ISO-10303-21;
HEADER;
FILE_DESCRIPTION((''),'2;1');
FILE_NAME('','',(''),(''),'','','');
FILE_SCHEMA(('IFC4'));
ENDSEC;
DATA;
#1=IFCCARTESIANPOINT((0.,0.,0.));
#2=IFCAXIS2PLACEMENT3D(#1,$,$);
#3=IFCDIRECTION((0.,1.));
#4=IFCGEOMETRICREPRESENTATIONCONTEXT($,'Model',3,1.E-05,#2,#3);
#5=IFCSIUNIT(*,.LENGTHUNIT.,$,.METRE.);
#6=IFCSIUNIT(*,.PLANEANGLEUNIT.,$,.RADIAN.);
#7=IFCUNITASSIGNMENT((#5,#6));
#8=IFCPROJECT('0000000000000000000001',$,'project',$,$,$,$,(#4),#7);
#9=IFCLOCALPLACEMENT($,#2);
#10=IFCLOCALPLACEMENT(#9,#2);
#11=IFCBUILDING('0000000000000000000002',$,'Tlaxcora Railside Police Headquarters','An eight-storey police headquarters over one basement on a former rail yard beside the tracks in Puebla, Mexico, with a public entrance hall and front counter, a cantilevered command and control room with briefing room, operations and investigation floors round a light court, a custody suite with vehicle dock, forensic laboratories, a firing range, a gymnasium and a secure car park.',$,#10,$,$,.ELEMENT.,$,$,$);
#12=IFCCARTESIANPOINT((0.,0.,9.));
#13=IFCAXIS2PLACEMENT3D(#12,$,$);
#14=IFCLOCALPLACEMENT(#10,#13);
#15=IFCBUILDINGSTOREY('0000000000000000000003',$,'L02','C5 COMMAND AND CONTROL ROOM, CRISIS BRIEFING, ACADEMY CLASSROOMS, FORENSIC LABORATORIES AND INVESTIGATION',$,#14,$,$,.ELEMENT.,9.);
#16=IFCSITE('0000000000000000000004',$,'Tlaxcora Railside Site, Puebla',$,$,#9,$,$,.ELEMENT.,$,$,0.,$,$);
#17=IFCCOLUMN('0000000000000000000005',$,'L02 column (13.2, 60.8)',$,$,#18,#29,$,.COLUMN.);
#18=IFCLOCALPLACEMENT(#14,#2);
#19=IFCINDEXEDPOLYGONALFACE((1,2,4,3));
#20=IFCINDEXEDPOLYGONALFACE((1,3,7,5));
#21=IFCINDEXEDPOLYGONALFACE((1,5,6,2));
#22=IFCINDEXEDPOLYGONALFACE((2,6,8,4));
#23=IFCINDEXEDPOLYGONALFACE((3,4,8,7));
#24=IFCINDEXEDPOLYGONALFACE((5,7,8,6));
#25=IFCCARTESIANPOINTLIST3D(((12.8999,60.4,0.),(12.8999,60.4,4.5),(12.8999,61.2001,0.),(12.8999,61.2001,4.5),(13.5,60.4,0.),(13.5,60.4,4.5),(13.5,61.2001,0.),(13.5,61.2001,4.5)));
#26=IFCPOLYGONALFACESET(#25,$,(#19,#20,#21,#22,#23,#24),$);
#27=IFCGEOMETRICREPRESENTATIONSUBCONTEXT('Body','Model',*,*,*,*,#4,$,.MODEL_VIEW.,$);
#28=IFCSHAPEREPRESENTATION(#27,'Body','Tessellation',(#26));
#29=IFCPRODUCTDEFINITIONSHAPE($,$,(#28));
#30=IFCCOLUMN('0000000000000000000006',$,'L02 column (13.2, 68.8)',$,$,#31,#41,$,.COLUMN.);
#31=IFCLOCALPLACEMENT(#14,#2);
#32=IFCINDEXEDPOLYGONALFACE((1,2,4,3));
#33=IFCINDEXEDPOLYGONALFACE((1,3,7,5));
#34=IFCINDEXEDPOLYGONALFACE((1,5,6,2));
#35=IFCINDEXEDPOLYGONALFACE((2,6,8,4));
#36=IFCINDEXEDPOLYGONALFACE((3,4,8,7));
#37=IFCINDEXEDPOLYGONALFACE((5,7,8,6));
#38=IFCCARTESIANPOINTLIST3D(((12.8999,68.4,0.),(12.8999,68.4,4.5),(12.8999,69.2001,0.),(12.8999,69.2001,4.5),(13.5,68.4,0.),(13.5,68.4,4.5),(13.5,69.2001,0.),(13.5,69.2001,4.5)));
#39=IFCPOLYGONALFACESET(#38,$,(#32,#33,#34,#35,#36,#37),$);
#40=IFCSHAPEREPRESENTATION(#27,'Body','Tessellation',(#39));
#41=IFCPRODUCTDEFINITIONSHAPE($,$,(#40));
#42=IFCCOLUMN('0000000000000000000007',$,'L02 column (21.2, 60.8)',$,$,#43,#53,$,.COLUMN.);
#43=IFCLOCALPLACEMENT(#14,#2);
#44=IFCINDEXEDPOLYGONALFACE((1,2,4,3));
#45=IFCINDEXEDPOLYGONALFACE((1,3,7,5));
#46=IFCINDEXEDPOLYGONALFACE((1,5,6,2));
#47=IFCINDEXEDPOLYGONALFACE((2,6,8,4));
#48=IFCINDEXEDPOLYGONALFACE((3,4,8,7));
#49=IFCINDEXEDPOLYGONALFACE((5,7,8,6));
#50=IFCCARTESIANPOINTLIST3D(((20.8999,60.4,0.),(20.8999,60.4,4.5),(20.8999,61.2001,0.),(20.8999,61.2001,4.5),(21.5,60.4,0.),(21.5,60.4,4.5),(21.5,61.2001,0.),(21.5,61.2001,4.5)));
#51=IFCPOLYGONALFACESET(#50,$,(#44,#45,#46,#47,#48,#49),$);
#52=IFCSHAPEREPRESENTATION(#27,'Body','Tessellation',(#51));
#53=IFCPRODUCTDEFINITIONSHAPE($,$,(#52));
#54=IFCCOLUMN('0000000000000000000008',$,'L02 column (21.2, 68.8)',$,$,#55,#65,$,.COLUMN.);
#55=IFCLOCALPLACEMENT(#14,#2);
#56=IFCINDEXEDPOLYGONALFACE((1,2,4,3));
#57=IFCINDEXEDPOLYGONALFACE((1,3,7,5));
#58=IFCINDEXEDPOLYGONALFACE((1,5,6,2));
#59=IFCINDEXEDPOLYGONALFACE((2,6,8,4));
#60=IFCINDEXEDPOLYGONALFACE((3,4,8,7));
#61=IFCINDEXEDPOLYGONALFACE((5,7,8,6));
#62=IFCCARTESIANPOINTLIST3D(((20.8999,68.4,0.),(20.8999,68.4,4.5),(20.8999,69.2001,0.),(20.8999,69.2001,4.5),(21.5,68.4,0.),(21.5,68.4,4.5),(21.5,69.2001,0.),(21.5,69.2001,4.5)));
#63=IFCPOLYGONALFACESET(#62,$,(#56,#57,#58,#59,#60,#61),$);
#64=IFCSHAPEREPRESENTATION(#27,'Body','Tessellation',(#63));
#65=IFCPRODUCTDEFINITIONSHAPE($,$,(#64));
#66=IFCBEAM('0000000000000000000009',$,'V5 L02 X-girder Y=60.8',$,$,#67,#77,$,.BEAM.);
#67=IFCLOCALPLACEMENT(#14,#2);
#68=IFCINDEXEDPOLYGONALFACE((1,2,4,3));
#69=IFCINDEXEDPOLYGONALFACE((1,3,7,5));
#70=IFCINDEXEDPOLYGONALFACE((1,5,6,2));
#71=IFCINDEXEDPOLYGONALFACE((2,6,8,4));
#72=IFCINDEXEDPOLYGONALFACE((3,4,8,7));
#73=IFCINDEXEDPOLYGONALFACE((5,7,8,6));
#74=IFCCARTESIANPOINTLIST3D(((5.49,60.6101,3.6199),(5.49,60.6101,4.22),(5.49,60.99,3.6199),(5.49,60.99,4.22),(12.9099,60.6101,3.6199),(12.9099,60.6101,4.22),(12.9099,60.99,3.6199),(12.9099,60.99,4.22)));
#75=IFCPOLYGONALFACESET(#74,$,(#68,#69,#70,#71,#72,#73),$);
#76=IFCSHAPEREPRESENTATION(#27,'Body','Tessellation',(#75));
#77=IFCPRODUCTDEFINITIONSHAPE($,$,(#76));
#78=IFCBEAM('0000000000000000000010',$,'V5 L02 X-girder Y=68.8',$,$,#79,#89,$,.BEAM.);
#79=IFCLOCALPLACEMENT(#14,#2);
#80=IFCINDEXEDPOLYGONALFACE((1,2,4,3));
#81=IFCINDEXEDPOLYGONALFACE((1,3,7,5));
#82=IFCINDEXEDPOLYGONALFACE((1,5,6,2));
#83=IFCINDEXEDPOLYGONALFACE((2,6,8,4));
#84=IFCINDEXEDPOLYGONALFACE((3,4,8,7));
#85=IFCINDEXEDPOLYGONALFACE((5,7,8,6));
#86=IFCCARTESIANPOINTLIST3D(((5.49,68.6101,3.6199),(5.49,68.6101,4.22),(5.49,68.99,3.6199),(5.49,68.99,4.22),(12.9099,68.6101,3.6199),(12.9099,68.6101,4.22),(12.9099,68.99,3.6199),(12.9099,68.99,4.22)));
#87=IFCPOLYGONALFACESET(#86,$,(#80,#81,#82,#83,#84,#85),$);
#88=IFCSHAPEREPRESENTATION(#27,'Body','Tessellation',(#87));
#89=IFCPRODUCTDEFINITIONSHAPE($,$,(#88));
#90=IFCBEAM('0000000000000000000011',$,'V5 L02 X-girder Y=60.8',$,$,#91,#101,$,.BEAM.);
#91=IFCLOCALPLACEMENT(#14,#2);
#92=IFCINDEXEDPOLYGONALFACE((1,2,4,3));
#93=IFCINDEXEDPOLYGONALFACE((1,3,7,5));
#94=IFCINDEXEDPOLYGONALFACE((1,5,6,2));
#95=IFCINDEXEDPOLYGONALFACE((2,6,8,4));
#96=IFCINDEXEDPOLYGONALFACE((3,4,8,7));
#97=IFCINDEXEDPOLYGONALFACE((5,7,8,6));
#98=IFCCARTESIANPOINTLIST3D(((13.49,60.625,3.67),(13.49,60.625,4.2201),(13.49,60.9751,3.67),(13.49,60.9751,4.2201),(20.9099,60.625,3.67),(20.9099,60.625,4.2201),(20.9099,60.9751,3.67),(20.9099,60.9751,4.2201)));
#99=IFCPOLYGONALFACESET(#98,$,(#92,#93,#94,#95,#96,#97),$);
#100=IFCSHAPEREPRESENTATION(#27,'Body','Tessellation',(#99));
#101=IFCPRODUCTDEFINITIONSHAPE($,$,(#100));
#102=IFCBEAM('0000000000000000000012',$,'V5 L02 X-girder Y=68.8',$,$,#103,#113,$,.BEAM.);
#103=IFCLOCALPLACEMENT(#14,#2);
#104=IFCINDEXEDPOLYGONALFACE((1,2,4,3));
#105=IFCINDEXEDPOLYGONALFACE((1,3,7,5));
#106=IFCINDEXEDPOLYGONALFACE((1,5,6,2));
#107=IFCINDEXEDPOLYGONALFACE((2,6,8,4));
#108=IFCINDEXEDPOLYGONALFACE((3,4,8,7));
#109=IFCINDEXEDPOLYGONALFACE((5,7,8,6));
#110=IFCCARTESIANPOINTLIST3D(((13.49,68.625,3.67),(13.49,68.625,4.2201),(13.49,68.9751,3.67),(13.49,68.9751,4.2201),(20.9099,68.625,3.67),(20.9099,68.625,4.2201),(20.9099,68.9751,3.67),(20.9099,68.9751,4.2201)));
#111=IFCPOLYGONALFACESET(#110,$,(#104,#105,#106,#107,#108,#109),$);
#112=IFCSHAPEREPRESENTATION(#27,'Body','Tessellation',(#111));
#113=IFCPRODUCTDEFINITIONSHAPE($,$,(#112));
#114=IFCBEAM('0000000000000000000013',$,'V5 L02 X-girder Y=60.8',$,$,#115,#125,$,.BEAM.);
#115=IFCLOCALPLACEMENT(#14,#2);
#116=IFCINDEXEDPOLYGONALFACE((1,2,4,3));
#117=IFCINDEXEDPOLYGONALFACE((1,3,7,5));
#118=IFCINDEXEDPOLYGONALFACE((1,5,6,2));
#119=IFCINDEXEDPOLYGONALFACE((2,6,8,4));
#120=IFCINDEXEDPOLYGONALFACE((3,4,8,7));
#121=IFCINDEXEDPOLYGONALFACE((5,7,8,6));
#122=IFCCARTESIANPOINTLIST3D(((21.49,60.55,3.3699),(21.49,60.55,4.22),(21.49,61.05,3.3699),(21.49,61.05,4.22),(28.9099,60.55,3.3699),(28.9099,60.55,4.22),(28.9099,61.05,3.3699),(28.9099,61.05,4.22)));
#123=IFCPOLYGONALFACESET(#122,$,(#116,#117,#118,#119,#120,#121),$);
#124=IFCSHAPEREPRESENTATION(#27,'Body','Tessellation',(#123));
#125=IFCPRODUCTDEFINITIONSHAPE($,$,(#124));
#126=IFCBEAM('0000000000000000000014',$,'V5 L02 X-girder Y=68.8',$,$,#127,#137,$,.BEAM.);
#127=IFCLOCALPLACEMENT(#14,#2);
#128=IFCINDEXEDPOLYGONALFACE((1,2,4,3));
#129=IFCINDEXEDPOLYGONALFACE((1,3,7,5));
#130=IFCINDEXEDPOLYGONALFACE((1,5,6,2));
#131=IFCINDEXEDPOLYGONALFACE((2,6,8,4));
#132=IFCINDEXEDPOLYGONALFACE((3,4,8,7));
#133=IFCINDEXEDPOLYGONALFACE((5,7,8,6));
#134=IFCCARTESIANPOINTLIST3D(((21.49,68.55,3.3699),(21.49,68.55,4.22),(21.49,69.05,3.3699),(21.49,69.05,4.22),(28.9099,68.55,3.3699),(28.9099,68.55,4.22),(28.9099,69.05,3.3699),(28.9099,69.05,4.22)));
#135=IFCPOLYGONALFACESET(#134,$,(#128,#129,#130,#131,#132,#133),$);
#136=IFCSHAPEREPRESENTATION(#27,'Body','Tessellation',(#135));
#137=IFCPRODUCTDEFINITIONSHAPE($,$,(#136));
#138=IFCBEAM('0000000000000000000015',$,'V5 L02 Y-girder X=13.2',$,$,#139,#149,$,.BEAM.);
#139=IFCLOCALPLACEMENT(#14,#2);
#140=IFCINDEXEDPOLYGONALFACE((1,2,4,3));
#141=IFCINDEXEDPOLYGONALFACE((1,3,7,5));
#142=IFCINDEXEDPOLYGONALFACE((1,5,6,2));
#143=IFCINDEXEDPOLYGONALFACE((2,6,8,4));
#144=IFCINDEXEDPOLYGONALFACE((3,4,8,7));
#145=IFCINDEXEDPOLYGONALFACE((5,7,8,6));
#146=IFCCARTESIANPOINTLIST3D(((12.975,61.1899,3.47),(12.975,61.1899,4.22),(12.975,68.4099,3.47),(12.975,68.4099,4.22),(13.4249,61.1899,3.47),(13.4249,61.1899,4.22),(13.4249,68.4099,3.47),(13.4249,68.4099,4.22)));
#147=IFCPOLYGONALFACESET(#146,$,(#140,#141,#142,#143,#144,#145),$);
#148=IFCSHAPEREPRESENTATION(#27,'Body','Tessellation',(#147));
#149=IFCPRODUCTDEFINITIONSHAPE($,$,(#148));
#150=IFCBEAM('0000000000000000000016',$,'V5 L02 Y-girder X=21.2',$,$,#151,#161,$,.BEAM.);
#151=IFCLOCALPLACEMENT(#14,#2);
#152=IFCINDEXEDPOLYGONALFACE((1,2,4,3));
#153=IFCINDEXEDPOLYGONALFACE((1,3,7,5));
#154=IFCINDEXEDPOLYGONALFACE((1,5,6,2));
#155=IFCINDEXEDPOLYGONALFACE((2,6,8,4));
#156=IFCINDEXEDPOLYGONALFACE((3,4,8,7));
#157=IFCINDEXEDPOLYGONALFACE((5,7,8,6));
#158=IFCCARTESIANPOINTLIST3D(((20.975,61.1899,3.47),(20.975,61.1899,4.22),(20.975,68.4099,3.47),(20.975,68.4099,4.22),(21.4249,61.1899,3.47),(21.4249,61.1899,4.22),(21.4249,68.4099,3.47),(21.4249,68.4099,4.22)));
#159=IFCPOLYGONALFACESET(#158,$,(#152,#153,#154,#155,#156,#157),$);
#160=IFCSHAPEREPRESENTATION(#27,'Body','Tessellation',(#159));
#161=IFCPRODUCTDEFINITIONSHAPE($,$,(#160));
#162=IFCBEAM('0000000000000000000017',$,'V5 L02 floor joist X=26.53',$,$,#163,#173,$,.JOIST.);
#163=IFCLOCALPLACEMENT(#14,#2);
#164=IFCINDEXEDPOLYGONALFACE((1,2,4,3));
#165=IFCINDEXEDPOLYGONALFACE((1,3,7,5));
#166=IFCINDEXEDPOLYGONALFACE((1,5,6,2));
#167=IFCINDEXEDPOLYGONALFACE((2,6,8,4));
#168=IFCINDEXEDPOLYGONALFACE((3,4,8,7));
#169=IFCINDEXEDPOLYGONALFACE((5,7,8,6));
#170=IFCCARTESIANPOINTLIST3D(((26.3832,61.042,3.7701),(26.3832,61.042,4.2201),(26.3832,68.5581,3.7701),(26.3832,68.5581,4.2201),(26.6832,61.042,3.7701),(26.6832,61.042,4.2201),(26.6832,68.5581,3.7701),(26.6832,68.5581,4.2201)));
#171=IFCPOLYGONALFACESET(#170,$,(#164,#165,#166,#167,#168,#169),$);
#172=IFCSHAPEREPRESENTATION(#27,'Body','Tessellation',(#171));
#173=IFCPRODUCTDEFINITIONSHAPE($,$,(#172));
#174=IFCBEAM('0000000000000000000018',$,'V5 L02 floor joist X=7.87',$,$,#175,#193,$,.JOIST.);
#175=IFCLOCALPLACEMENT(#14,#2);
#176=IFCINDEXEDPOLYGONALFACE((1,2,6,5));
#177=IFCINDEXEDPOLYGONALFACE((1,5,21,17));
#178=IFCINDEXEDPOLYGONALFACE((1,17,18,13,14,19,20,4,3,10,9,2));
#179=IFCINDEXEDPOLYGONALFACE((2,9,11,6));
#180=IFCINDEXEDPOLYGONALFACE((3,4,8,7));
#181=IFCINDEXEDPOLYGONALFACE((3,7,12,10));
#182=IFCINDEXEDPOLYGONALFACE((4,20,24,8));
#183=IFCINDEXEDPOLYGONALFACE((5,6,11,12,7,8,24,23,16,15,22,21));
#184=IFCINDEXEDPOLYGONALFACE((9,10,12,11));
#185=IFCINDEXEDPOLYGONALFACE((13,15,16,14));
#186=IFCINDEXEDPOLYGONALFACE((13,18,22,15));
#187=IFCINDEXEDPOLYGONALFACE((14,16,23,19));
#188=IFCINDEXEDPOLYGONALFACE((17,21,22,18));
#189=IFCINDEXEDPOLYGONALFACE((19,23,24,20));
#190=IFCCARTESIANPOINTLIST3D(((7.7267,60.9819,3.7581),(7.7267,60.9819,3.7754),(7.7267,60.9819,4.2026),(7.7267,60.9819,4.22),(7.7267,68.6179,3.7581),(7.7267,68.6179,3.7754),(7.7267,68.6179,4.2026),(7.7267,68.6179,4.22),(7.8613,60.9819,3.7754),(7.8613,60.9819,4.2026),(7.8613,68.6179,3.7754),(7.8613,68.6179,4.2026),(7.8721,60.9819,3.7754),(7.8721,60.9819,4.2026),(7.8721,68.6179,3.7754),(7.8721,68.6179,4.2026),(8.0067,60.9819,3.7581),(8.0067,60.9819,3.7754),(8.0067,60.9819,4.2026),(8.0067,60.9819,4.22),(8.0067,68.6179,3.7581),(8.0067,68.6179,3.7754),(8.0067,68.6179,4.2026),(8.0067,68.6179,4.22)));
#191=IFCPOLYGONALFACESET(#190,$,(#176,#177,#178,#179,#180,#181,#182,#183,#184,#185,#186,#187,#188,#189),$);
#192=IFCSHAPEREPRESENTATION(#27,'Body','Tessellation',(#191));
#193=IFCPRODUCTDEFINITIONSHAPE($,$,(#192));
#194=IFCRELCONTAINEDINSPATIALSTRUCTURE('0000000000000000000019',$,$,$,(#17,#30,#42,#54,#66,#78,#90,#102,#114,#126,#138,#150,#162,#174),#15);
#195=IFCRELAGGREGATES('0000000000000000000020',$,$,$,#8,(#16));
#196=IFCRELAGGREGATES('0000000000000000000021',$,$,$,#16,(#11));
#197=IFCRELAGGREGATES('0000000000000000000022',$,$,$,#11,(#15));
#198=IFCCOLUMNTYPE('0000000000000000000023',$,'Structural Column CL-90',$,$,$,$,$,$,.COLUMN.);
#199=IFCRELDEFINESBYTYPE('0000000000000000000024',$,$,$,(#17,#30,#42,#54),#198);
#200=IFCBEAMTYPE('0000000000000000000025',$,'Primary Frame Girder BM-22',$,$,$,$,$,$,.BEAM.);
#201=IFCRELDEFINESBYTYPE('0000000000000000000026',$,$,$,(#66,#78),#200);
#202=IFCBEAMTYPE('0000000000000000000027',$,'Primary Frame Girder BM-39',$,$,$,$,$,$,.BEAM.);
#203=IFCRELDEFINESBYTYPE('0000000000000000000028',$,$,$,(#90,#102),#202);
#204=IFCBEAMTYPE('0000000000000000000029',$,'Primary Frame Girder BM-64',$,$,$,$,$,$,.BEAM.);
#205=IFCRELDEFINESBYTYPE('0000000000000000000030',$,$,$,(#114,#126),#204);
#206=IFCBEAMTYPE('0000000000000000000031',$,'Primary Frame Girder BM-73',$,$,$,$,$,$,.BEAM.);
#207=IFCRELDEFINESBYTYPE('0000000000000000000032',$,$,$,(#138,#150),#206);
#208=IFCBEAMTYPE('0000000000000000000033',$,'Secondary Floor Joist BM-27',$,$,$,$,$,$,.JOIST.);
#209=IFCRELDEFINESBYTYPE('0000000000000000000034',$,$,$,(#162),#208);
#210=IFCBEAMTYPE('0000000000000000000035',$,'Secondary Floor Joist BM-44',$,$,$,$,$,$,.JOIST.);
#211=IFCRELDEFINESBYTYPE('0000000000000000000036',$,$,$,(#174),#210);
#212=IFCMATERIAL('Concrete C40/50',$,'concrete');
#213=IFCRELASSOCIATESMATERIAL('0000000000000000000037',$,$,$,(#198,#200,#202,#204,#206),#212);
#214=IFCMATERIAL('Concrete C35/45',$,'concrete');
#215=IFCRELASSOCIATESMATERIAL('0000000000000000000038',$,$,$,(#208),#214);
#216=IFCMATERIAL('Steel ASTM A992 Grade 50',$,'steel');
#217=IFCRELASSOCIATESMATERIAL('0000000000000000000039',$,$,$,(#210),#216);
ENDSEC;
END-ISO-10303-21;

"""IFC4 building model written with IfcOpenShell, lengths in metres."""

from ifc_helpers import new_model, si_unit, direction, frame, origin, origin_2d, place, context, subcontext, project, spatial, rectangle, i_section, extrude, material, material_profile, profile_set, type_object, element, save


model = new_model("IFC4")

# Units and contexts
model_context = context("Model", 3, precision=1e-05, world=origin(), true_north=direction((0.0, 1.0)))
body_context = subcontext(model_context, "Body", "Model", "MODEL_VIEW")
ifc_project = project(units=[si_unit("LENGTHUNIT", "METRE"), si_unit("PLANEANGLEUNIT", "RADIAN")], contexts=[model_context])

# Site, building, storey
site_placement = place(None, origin())
site = spatial("IfcSite", under=ifc_project, at=site_placement, Name="Tlaxcora Railside Site, Puebla", CompositionType="ELEMENT", RefElevation=0.0)
building_placement = place(site_placement, origin())
building = spatial("IfcBuilding", under=site, at=building_placement, Name="Tlaxcora Railside Police Headquarters", Description="An eight-storey police headquarters over one basement on a former rail yard beside the tracks in Puebla, Mexico, with a public entrance hall and front counter, a cantilevered command and control room with briefing room, operations and investigation floors round a light court, a custody suite with vehicle dock, forensic laboratories, a firing range, a gymnasium and a secure car park.", CompositionType="ELEMENT")
storey_placement = place(building_placement, frame((0.0, 0.0, 9.0)))
storey = spatial("IfcBuildingStorey", under=building, at=storey_placement, Name="L02", Description="C5 COMMAND AND CONTROL ROOM, CRISIS BRIEFING, ACADEMY CLASSROOMS, FORENSIC LABORATORIES AND INVESTIGATION", CompositionType="ELEMENT", Elevation=9.0)

# Columns
ifc_material_1 = material(Name="Concrete C40/50", Category="concrete")
ifc_material_profile_1 = material_profile(ifc_material_1, rectangle(XDim=0.6001, YDim=0.8, at=origin_2d()), Name="RC600X800")
ifc_profile_set_1 = profile_set([ifc_material_profile_1], Name="Concrete C40/50")
column_type = type_object("IfcColumnType", Name="Structural Column CL-90", PredefinedType="COLUMN", material=ifc_profile_set_1)
for number, where, z_axis, x_axis, name in (
    (1, (13.2, 60.8, 0.0), (0.0, 0.0, 1.0), (1.0, 0.0, 0.0), "L02 column (13.2, 60.8)"),
    (2, (13.2, 68.8, 0.0), (0.0, 0.0, 1.0), (1.0, 0.0, 0.0), "L02 column (13.2, 68.8)"),
    (3, (21.2, 60.8, 0.0), (0.0, 0.0, 1.0), (1.0, 0.0, 0.0), "L02 column (21.2, 60.8)"),
    (4, (21.2, 68.8, 0.0), (0.0, 0.0, 1.0), (1.0, 0.0, 0.0), "L02 column (21.2, 68.8)"),
):
    element("IfcColumn", number, at=place(storey_placement, frame(where, z_axis=z_axis, x_axis=x_axis)), inside=storey, type_object=column_type, Name=name, PredefinedType="COLUMN", context=body_context, shape_type="SweptSolid", body=[
        extrude(rectangle(XDim=0.6001, YDim=0.8, at=origin_2d()), origin(), (0.0, 0.0, 1.0), 4.5),
    ])

# Beams
ifc_material_profile_2 = material_profile(ifc_material_1, rectangle(XDim=0.3799, YDim=0.6001, at=origin_2d()), Name="RC380X600")
ifc_profile_set_2 = profile_set([ifc_material_profile_2], Name="Concrete C40/50")
beam_type_1 = type_object("IfcBeamType", Name="Primary Frame Girder BM-22", PredefinedType="BEAM", material=ifc_profile_set_2)
for number, where, z_axis, x_axis, name in (
    (5, (5.49, 60.8, 3.9199), (1.0, 0.0, 0.0), (0.0, 1.0, 0.0), "V5 L02 X-girder Y=60.8"),
    (6, (5.49, 68.8, 3.9199), (1.0, 0.0, 0.0), (0.0, 1.0, 0.0), "V5 L02 X-girder Y=68.8"),
):
    element("IfcBeam", number, at=place(storey_placement, frame(where, z_axis=z_axis, x_axis=x_axis)), inside=storey, type_object=beam_type_1, Name=name, PredefinedType="BEAM", context=body_context, shape_type="SweptSolid", body=[
        extrude(rectangle(XDim=0.3799, YDim=0.6001, at=origin_2d()), origin(), (0.0, 0.0, 1.0), 7.4199),
    ])
ifc_material_profile_3 = material_profile(ifc_material_1, rectangle(XDim=0.3501, YDim=0.55, at=origin_2d()), Name="RC350X550")
ifc_profile_set_3 = profile_set([ifc_material_profile_3], Name="Concrete C40/50")
beam_type_2 = type_object("IfcBeamType", Name="Primary Frame Girder BM-39", PredefinedType="BEAM", material=ifc_profile_set_3)
for number, where, z_axis, x_axis, name in (
    (7, (13.49, 60.8, 3.9451), (1.0, 0.0, 0.0), (0.0, 1.0, 0.0), "V5 L02 X-girder Y=60.8"),
    (8, (13.49, 68.8, 3.9451), (1.0, 0.0, 0.0), (0.0, 1.0, 0.0), "V5 L02 X-girder Y=68.8"),
):
    element("IfcBeam", number, at=place(storey_placement, frame(where, z_axis=z_axis, x_axis=x_axis)), inside=storey, type_object=beam_type_2, Name=name, PredefinedType="BEAM", context=body_context, shape_type="SweptSolid", body=[
        extrude(rectangle(XDim=0.3501, YDim=0.55, at=origin_2d()), origin(), (0.0, 0.0, 1.0), 7.4199),
    ])
ifc_material_profile_4 = material_profile(ifc_material_1, rectangle(XDim=0.5, YDim=0.8501, at=origin_2d()), Name="RC500X850")
ifc_profile_set_4 = profile_set([ifc_material_profile_4], Name="Concrete C40/50")
beam_type_3 = type_object("IfcBeamType", Name="Primary Frame Girder BM-64", PredefinedType="BEAM", material=ifc_profile_set_4)
for number, where, z_axis, x_axis, name in (
    (9, (21.49, 60.8, 3.7949), (1.0, 0.0, 0.0), (0.0, 1.0, 0.0), "V5 L02 X-girder Y=60.8"),
    (10, (21.49, 68.8, 3.7949), (1.0, 0.0, 0.0), (0.0, 1.0, 0.0), "V5 L02 X-girder Y=68.8"),
):
    element("IfcBeam", number, at=place(storey_placement, frame(where, z_axis=z_axis, x_axis=x_axis)), inside=storey, type_object=beam_type_3, Name=name, PredefinedType="BEAM", context=body_context, shape_type="SweptSolid", body=[
        extrude(rectangle(XDim=0.5, YDim=0.8501, at=origin_2d()), origin(), (0.0, 0.0, 1.0), 7.4199),
    ])
ifc_material_profile_5 = material_profile(ifc_material_1, rectangle(XDim=0.45, YDim=0.75, at=origin_2d()), Name="RC450X750")
ifc_profile_set_5 = profile_set([ifc_material_profile_5], Name="Concrete C40/50")
beam_type_4 = type_object("IfcBeamType", Name="Primary Frame Girder BM-73", PredefinedType="BEAM", material=ifc_profile_set_5)
for number, where, z_axis, x_axis, name in (
    (11, (13.2, 61.1899, 3.845), (0.0, 1.0, 0.0), (-1.0, 0.0, 0.0), "V5 L02 Y-girder X=13.2"),
    (12, (21.2, 61.1899, 3.845), (0.0, 1.0, 0.0), (-1.0, 0.0, 0.0), "V5 L02 Y-girder X=21.2"),
):
    element("IfcBeam", number, at=place(storey_placement, frame(where, z_axis=z_axis, x_axis=x_axis)), inside=storey, type_object=beam_type_4, Name=name, PredefinedType="BEAM", context=body_context, shape_type="SweptSolid", body=[
        extrude(rectangle(XDim=0.45, YDim=0.75, at=origin_2d()), origin(), (0.0, 0.0, 1.0), 7.22),
    ])
ifc_material_2 = material(Name="Concrete C35/45", Category="concrete")
ifc_material_profile_6 = material_profile(ifc_material_2, rectangle(XDim=0.3, YDim=0.45, at=origin_2d()), Name="RC300X450")
ifc_profile_set_6 = profile_set([ifc_material_profile_6], Name="Concrete C35/45")
beam_type_5 = type_object("IfcBeamType", Name="Secondary Floor Joist BM-27", PredefinedType="JOIST", material=ifc_profile_set_6)
beam_1_placement = place(storey_placement, frame((26.5332, 61.042, 3.9951), z_axis=(0.0, 1.0, 0.0), x_axis=(-1.0, 0.0, 0.0)))
element("IfcBeam", 13, at=beam_1_placement, inside=storey, type_object=beam_type_5, Name="V5 L02 floor joist X=26.53", PredefinedType="JOIST", context=body_context, shape_type="SweptSolid", body=[
    extrude(rectangle(XDim=0.3, YDim=0.45, at=origin_2d()), origin(), (0.0, 0.0, 1.0), 7.5161),
])
ifc_material_3 = material(Name="Steel ASTM A992 Grade 50", Category="steel")
ifc_material_profile_7 = material_profile(ifc_material_3, i_section(OverallWidth=0.28, OverallDepth=0.4619, WebThickness=0.0107, FlangeThickness=0.0173, at=origin_2d()), Name="W18X76")
ifc_profile_set_7 = profile_set([ifc_material_profile_7], Name="Steel ASTM A992 Grade 50")
beam_type_6 = type_object("IfcBeamType", Name="Secondary Floor Joist BM-44", PredefinedType="JOIST", material=ifc_profile_set_7)
for number, where, z_axis, x_axis, name in (
    (14, (7.8667, 60.9819, 3.989), (0.0, 1.0, 0.0), (-1.0, 0.0, 0.0), "V5 L02 floor joist X=7.87"),
):
    element("IfcBeam", number, at=place(storey_placement, frame(where, z_axis=z_axis, x_axis=x_axis)), inside=storey, type_object=beam_type_6, Name=name, PredefinedType="JOIST", context=body_context, shape_type="SweptSolid", body=[
        extrude(i_section(OverallWidth=0.28, OverallDepth=0.4619, WebThickness=0.0107, FlangeThickness=0.0173, at=origin_2d()), origin(), (0.0, 0.0, 1.0), 7.636),
    ])

save(model, "model.ifc")
